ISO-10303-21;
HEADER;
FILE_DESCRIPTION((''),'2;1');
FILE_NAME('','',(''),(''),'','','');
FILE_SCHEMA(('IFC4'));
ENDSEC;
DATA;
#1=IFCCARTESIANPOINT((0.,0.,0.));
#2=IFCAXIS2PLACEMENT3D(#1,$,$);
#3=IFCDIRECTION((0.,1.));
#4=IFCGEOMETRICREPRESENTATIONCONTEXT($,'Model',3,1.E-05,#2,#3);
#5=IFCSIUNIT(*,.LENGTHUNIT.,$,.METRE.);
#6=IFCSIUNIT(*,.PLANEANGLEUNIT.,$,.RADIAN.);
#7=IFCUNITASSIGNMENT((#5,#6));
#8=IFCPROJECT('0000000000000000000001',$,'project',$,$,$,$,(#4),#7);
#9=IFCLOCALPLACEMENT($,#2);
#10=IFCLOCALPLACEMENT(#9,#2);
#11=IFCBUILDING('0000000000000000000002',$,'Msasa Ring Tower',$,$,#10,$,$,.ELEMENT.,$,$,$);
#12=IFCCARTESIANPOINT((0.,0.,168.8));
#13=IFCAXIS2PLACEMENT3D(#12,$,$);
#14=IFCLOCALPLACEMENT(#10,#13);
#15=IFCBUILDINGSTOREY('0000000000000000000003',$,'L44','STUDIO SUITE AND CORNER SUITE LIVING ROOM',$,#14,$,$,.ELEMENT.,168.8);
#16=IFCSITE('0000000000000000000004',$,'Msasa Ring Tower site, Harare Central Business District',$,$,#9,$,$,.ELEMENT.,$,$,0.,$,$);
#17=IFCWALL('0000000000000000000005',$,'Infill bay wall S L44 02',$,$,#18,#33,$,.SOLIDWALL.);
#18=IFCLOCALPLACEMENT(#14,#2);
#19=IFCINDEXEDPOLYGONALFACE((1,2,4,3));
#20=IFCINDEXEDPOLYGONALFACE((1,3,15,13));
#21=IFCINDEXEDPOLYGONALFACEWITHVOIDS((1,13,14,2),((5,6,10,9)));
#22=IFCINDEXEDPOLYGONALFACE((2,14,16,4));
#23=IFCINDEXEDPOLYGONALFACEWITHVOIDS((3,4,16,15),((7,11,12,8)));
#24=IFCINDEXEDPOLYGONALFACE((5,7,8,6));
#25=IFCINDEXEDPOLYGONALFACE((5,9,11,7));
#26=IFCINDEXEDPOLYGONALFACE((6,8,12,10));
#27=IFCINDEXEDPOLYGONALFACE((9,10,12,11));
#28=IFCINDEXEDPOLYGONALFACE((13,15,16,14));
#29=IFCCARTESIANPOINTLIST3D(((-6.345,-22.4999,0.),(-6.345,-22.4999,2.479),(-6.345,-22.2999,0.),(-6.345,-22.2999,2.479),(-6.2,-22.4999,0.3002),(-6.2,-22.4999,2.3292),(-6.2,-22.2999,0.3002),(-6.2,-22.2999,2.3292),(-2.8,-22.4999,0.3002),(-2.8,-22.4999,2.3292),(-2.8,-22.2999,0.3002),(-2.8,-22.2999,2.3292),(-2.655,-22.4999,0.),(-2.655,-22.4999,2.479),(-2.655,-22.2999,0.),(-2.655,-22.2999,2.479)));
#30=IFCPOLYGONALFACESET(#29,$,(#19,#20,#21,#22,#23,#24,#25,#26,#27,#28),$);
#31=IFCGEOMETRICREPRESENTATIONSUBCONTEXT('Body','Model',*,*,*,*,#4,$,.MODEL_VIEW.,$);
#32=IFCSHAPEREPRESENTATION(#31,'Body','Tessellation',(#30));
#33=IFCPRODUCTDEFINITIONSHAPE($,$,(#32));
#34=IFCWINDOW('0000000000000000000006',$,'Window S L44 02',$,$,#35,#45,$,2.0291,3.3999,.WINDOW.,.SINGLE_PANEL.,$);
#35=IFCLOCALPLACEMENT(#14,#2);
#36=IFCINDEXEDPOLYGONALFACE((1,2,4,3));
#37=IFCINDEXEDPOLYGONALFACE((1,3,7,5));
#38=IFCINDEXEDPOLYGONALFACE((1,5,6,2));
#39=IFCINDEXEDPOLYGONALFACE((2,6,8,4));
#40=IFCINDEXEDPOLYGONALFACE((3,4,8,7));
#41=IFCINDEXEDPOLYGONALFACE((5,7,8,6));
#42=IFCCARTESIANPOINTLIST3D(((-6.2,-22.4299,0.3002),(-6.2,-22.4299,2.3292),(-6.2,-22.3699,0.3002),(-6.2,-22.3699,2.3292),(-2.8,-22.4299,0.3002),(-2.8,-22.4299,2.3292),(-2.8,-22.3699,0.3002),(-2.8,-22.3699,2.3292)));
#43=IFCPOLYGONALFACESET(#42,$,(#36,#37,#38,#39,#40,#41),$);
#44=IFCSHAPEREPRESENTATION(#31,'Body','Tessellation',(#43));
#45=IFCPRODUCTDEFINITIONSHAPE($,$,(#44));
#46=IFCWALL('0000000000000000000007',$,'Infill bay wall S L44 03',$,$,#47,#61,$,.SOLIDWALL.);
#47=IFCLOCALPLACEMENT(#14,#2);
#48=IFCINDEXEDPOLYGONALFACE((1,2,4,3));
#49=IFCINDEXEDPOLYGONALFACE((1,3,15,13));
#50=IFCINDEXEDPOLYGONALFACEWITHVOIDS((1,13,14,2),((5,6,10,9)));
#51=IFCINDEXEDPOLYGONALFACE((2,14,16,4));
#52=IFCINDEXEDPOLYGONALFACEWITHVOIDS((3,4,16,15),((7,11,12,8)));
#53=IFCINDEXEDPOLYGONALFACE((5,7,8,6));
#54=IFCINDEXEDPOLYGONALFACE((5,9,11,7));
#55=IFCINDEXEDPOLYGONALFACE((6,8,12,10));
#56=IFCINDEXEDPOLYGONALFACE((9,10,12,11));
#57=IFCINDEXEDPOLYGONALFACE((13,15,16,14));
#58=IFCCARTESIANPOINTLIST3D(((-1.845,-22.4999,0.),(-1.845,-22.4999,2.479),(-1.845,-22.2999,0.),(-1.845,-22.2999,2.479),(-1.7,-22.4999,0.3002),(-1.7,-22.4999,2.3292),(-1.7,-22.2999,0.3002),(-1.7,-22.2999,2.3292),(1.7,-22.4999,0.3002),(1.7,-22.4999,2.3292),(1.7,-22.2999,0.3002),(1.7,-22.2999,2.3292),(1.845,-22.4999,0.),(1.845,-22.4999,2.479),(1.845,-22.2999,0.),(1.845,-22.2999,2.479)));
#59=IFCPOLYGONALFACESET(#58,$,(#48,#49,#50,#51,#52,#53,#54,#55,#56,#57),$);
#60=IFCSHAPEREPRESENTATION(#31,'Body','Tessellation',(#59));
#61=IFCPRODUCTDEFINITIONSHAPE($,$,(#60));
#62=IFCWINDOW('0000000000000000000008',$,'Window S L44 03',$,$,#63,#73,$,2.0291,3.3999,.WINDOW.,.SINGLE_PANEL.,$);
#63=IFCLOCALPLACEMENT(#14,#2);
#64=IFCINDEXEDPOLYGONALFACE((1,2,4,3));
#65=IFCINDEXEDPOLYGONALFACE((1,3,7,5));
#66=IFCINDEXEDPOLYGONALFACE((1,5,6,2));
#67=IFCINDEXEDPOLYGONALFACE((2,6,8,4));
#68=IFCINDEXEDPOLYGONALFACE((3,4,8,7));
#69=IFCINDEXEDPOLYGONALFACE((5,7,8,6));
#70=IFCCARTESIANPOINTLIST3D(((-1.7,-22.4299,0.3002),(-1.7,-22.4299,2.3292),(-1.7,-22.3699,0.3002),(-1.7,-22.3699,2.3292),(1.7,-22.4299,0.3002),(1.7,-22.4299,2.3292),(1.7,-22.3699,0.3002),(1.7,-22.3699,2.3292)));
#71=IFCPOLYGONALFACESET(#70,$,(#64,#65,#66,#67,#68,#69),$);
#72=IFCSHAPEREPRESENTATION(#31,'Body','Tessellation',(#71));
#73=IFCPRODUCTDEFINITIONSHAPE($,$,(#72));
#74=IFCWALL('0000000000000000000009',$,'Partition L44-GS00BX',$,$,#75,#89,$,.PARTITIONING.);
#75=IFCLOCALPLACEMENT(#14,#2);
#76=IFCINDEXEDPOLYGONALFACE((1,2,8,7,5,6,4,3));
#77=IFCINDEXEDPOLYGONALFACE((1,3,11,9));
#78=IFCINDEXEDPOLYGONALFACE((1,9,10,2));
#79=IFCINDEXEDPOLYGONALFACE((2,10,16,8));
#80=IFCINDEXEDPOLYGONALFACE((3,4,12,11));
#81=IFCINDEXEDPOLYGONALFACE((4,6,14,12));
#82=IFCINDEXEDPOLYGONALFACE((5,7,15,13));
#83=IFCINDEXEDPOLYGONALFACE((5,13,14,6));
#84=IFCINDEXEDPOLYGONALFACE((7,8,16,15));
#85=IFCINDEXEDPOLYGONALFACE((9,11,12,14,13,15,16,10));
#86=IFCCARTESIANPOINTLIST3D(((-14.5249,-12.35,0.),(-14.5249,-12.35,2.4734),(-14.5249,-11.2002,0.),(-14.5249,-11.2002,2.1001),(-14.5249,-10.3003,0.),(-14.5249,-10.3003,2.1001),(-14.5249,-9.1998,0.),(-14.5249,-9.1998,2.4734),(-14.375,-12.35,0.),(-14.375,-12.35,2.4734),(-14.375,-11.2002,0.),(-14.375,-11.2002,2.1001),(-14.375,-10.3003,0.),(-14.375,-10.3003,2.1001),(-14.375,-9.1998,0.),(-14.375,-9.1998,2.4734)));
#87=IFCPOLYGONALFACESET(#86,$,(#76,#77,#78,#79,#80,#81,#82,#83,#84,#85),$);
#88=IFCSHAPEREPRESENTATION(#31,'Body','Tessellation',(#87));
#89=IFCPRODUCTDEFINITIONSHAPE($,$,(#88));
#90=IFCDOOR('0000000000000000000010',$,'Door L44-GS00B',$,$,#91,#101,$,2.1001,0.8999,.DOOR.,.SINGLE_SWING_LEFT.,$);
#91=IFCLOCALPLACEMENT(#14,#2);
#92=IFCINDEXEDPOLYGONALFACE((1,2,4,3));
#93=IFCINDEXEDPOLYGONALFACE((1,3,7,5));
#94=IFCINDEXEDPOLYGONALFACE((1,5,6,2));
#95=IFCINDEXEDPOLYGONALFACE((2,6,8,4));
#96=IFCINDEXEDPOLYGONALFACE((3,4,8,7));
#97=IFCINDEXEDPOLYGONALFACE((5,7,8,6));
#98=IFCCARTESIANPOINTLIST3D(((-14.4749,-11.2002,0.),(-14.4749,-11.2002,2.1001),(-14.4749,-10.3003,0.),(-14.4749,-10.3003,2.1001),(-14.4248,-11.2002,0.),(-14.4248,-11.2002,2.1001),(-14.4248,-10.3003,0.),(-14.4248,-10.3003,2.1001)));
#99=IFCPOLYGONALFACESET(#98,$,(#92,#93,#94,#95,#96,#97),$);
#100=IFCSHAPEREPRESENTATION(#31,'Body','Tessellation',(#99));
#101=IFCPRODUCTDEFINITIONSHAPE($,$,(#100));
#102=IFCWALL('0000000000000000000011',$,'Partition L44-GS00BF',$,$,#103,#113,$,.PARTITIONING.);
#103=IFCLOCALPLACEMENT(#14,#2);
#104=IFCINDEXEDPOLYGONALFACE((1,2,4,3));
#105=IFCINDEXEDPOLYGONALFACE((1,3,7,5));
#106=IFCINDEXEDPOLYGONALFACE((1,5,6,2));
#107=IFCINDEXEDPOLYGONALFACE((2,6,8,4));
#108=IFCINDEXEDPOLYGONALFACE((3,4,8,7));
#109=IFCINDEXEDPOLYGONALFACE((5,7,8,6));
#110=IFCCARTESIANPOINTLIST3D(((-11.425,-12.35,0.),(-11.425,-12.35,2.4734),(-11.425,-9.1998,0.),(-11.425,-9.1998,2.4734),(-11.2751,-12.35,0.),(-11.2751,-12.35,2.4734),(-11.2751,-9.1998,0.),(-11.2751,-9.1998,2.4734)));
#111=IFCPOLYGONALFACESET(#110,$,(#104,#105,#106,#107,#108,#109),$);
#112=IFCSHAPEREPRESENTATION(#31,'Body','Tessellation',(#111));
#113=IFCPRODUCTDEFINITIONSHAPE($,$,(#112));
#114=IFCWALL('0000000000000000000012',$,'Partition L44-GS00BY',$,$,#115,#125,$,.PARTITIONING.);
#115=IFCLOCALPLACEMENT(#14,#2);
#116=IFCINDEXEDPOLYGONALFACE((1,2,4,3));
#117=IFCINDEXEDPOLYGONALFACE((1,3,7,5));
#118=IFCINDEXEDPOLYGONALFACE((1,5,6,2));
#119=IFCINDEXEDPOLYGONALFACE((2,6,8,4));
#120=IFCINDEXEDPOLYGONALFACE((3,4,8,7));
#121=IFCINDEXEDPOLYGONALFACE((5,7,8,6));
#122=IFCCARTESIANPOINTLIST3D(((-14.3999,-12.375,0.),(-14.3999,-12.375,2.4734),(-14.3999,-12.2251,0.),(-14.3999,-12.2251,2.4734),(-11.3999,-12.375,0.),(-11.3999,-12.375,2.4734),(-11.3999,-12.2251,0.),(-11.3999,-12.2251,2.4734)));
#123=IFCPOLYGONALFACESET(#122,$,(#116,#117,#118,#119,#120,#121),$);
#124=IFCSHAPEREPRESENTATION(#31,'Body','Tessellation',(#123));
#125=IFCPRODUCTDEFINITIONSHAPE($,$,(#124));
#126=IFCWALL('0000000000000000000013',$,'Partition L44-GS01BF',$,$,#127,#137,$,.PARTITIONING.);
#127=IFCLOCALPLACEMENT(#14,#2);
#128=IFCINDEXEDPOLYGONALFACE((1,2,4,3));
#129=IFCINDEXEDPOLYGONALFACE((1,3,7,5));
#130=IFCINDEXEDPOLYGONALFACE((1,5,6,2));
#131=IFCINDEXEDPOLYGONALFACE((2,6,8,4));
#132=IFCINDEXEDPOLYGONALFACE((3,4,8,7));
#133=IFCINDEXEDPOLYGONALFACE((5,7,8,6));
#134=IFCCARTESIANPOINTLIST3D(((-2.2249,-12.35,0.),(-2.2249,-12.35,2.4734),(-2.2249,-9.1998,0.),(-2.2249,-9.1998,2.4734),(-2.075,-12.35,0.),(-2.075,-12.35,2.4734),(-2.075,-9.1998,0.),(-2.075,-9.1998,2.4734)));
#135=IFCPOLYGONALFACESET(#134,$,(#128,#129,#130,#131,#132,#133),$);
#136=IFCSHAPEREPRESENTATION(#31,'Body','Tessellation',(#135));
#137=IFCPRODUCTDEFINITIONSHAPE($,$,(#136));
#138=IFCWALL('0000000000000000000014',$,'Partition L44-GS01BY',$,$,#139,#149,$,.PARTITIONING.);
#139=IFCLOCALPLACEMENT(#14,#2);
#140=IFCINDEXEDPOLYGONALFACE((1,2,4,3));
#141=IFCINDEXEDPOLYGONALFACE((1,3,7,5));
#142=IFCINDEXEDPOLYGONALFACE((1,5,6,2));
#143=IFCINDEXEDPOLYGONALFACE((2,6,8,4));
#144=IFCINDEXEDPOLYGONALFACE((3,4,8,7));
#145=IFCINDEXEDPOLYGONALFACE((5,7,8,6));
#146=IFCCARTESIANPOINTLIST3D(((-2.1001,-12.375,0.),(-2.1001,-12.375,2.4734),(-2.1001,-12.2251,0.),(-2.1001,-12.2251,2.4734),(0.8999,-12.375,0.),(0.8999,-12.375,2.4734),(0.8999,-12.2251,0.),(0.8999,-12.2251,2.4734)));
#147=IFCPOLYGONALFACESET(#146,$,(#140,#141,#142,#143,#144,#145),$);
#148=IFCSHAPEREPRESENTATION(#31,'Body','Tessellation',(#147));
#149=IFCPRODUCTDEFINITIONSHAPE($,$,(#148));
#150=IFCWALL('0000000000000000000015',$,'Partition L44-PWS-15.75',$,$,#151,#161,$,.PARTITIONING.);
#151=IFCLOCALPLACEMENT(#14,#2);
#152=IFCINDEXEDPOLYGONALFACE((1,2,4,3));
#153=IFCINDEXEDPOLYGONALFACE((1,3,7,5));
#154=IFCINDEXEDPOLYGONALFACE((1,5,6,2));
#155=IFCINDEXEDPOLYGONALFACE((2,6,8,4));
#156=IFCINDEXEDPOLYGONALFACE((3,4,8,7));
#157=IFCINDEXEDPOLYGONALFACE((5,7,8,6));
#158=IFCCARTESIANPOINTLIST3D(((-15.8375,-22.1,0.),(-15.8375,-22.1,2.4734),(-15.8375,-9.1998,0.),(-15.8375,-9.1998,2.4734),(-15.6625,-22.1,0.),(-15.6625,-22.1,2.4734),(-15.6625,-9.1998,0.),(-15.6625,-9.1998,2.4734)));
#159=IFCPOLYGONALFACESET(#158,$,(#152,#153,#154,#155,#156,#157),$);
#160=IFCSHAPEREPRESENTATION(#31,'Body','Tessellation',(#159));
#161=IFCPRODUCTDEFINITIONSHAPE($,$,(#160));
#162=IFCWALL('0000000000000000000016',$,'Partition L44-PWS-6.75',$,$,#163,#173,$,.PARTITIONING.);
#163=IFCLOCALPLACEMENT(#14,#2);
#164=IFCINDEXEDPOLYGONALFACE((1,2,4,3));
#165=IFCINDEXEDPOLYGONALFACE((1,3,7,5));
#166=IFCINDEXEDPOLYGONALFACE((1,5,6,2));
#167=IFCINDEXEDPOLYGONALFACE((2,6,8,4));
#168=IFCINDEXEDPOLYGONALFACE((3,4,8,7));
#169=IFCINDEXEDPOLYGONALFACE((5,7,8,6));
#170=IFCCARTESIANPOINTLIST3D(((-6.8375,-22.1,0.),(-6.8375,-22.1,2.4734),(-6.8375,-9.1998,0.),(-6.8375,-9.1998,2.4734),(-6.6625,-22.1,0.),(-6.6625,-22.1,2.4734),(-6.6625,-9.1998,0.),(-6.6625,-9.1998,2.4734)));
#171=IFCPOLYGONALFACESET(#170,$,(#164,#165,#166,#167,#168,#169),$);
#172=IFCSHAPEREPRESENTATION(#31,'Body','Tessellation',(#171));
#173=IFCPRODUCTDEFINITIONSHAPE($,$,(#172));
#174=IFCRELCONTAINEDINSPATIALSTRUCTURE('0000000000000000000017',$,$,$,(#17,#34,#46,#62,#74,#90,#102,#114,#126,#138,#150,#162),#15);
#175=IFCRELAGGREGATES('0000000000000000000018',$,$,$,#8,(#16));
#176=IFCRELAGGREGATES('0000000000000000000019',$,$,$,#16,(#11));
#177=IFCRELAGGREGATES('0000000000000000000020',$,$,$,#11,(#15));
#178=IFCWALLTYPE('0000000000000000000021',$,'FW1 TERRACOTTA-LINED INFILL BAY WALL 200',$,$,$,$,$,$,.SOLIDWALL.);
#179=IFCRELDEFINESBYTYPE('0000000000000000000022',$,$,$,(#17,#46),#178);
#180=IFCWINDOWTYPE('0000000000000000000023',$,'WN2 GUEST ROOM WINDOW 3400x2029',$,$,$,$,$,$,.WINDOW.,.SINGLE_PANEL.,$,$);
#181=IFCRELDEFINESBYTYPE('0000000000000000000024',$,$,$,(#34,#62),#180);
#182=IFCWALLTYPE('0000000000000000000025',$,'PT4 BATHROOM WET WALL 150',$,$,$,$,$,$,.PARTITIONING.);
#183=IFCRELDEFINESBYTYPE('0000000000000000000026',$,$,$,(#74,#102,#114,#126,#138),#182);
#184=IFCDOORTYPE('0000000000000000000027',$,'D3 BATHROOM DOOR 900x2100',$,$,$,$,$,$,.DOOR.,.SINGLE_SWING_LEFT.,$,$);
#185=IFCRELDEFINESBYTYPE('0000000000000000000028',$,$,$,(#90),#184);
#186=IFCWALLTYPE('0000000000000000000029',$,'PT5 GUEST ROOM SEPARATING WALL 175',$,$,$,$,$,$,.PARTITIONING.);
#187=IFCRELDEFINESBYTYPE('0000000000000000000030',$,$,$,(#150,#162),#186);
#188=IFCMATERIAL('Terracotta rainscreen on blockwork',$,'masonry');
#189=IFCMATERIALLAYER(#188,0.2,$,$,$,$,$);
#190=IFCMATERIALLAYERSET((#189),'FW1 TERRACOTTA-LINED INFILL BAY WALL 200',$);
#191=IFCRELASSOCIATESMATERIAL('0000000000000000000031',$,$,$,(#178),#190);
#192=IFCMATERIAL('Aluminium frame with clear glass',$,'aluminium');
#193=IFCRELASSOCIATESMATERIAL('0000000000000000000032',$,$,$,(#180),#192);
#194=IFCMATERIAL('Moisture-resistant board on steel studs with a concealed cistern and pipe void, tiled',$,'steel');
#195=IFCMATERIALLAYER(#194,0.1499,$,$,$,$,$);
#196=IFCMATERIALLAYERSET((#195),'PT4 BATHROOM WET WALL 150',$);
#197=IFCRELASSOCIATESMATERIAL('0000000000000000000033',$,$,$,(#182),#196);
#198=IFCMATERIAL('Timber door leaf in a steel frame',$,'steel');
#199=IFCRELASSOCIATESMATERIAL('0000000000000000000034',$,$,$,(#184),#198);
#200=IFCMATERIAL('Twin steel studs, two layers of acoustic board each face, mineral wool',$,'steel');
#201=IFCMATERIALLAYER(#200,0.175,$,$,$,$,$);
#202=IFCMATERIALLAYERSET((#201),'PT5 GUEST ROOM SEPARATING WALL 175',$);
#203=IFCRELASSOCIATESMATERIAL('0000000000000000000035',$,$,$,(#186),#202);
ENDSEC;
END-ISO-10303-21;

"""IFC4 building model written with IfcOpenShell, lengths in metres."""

from ifc_helpers import new_model, si_unit, direction, frame, frame_2d, origin, place, context, subcontext, project, spatial, rectangle, extrude, material, layer, layer_set, type_object, element, fill, save


model = new_model("IFC4")

# Units and contexts
model_context = context("Model", 3, precision=1e-05, world=origin(), true_north=direction((0.0, 1.0)))
body_context = subcontext(model_context, "Body", "Model", "MODEL_VIEW")
ifc_project = project(units=[si_unit("LENGTHUNIT", "METRE"), si_unit("PLANEANGLEUNIT", "RADIAN")], contexts=[model_context])

# Site, building, storey
site_placement = place(None, origin())
site = spatial("IfcSite", under=ifc_project, at=site_placement, Name="Msasa Ring Tower site, Harare Central Business District", CompositionType="ELEMENT", RefElevation=0.0)
building_placement = place(site_placement, origin())
building = spatial("IfcBuilding", under=site, at=building_placement, Name="Msasa Ring Tower", CompositionType="ELEMENT")
storey_placement = place(building_placement, frame((0.0, 0.0, 168.8)))
storey = spatial("IfcBuildingStorey", under=building, at=storey_placement, Name="L44", Description="STUDIO SUITE AND CORNER SUITE LIVING ROOM", CompositionType="ELEMENT", Elevation=168.8)

# Walls, openings, windows
ifc_material_1 = material(Name="Terracotta rainscreen on blockwork", Category="masonry")
ifc_layer_1 = layer(ifc_material_1, 0.2)
ifc_layer_set_1 = layer_set([ifc_layer_1], Name="FW1 TERRACOTTA-LINED INFILL BAY WALL 200")
wall_type_1 = type_object("IfcWallType", Name="FW1 TERRACOTTA-LINED INFILL BAY WALL 200", PredefinedType="SOLIDWALL", material=ifc_layer_set_1)
ifc_material_2 = material(Name="Aluminium frame with clear glass", Category="aluminium")
window_type = type_object("IfcWindowType", Name="WN2 GUEST ROOM WINDOW 3400x2029", PartitioningType="SINGLE_PANEL", PredefinedType="WINDOW", material=ifc_material_2)
wall_1_placement = place(storey_placement, frame((-6.345, -22.3999, 0.0), z_axis=(0.0, 0.0, 1.0), x_axis=(1.0, 0.0, 0.0)))
wall_1 = element("IfcWall", 1, at=wall_1_placement, inside=storey, type_object=wall_type_1, Name="Infill bay wall S L44 02", PredefinedType="SOLIDWALL", context=body_context, shape_type="SweptSolid", body=[
    extrude(rectangle(XDim=3.6899, YDim=0.2, at=frame_2d((1.845, 0.0))), origin(), (0.0, 0.0, 1.0), 2.479),
])
opening_1_placement = place(wall_1_placement, frame((0.145, 0.0, 0.3)))
opening_1 = element("IfcOpeningElement", 2, at=opening_1_placement, cuts=wall_1, PredefinedType="OPENING", context=body_context, shape_type="SweptSolid", body=[
    extrude(rectangle(XDim=3.3999, YDim=2.0291, at=frame_2d((1.7, 1.0146))), frame((0.0, 0.1099, 0.0), z_axis=(0.0, -1.0, 0.0), x_axis=(1.0, 0.0, 0.0)), (0.0, 0.0, 1.0), 0.22),
])
window_1_placement = place(opening_1_placement, origin())
window_1 = element("IfcWindow", 3, at=window_1_placement, inside=storey, type_object=window_type, Name="Window S L44 02", OverallHeight=2.0291, OverallWidth=3.3999, PartitioningType="SINGLE_PANEL", PredefinedType="WINDOW", context=body_context, shape_type="SweptSolid", body=[
    extrude(rectangle(XDim=3.3999, YDim=2.0291, at=frame_2d((1.7, 1.0146))), frame((0.0, 0.03, 0.0), z_axis=(0.0, -1.0, 0.0), x_axis=(1.0, 0.0, 0.0)), (0.0, 0.0, 1.0), 0.0601),
])
fill(opening_1, window_1)
wall_2_placement = place(storey_placement, frame((-1.845, -22.3999, 0.0), z_axis=(0.0, 0.0, 1.0), x_axis=(1.0, 0.0, 0.0)))
wall_2 = element("IfcWall", 4, at=wall_2_placement, inside=storey, type_object=wall_type_1, Name="Infill bay wall S L44 03", PredefinedType="SOLIDWALL", context=body_context, shape_type="SweptSolid", body=[
    extrude(rectangle(XDim=3.6899, YDim=0.2, at=frame_2d((1.845, 0.0))), origin(), (0.0, 0.0, 1.0), 2.479),
])
opening_2_placement = place(wall_2_placement, frame((0.145, 0.0, 0.3)))
opening_2 = element("IfcOpeningElement", 5, at=opening_2_placement, cuts=wall_2, PredefinedType="OPENING", context=body_context, shape_type="SweptSolid", body=[
    extrude(rectangle(XDim=3.3999, YDim=2.0291, at=frame_2d((1.7, 1.0146))), frame((0.0, 0.1099, 0.0), z_axis=(0.0, -1.0, 0.0), x_axis=(1.0, 0.0, 0.0)), (0.0, 0.0, 1.0), 0.22),
])
window_2_placement = place(opening_2_placement, origin())
window_2 = element("IfcWindow", 6, at=window_2_placement, inside=storey, type_object=window_type, Name="Window S L44 03", OverallHeight=2.0291, OverallWidth=3.3999, PartitioningType="SINGLE_PANEL", PredefinedType="WINDOW", context=body_context, shape_type="SweptSolid", body=[
    extrude(rectangle(XDim=3.3999, YDim=2.0291, at=frame_2d((1.7, 1.0146))), frame((0.0, 0.03, 0.0), z_axis=(0.0, -1.0, 0.0), x_axis=(1.0, 0.0, 0.0)), (0.0, 0.0, 1.0), 0.0601),
])
fill(opening_2, window_2)

# Wall, opening, door
ifc_material_3 = material(Name="Moisture-resistant board on steel studs with a concealed cistern and pipe void, tiled", Category="steel")
ifc_layer_2 = layer(ifc_material_3, 0.1499)
ifc_layer_set_2 = layer_set([ifc_layer_2], Name="PT4 BATHROOM WET WALL 150")
wall_type_2 = type_object("IfcWallType", Name="PT4 BATHROOM WET WALL 150", PredefinedType="PARTITIONING", material=ifc_layer_set_2)
wall_3_placement = place(storey_placement, frame((-14.45, -12.3501, 0.0), z_axis=(0.0, 0.0, 1.0), x_axis=(0.0, 1.0, 0.0)))
wall_3 = element("IfcWall", 7, at=wall_3_placement, inside=storey, type_object=wall_type_2, Name="Partition L44-GS00BX", PredefinedType="PARTITIONING", context=body_context, shape_type="SweptSolid", body=[
    extrude(rectangle(XDim=3.1501, YDim=0.1499, at=frame_2d((1.5752, 0.0))), origin(), (0.0, 0.0, 1.0), 2.4734),
])
opening_3_placement = place(wall_3_placement, frame((1.1499, 0.0, 0.0)))
opening_3 = element("IfcOpeningElement", 8, at=opening_3_placement, cuts=wall_3, PredefinedType="OPENING", context=body_context, shape_type="SweptSolid", body=[
    extrude(rectangle(XDim=0.8999, YDim=2.1001, at=frame_2d((0.45, 1.05))), frame((0.0, 0.085, 0.0), z_axis=(0.0, -1.0, 0.0), x_axis=(1.0, 0.0, 0.0)), (0.0, 0.0, 1.0), 0.1699),
])
ifc_material_4 = material(Name="Timber door leaf in a steel frame", Category="steel")
door_type = type_object("IfcDoorType", Name="D3 BATHROOM DOOR 900x2100", OperationType="SINGLE_SWING_LEFT", PredefinedType="DOOR", material=ifc_material_4)
door_placement = place(opening_3_placement, origin())
door = element("IfcDoor", 9, at=door_placement, inside=storey, type_object=door_type, Name="Door L44-GS00B", OperationType="SINGLE_SWING_LEFT", OverallHeight=2.1001, OverallWidth=0.8999, PredefinedType="DOOR", context=body_context, shape_type="SweptSolid", body=[
    extrude(rectangle(XDim=0.8999, YDim=2.1001, at=frame_2d((0.45, 1.05))), frame((0.0, 0.0249, 0.0), z_axis=(0.0, -1.0, 0.0), x_axis=(1.0, 0.0, 0.0)), (0.0, 0.0, 1.0), 0.05),
])
fill(opening_3, door)

# Walls
wall_4_placement = place(storey_placement, frame((-11.3501, -12.3501, 0.0), z_axis=(0.0, 0.0, 1.0), x_axis=(0.0, 1.0, 0.0)))
element("IfcWall", 10, at=wall_4_placement, inside=storey, type_object=wall_type_2, Name="Partition L44-GS00BF", PredefinedType="PARTITIONING", context=body_context, shape_type="SweptSolid", body=[
    extrude(rectangle(XDim=3.1501, YDim=0.1499, at=frame_2d((1.5752, 0.0))), origin(), (0.0, 0.0, 1.0), 2.4734),
])
wall_5_placement = place(storey_placement, frame((-14.3999, -12.3, 0.0), z_axis=(0.0, 0.0, 1.0), x_axis=(1.0, 0.0, 0.0)))
element("IfcWall", 11, at=wall_5_placement, inside=storey, type_object=wall_type_2, Name="Partition L44-GS00BY", PredefinedType="PARTITIONING", context=body_context, shape_type="SweptSolid", body=[
    extrude(rectangle(XDim=3.0, YDim=0.1499, at=frame_2d((1.5, 0.0))), origin(), (0.0, 0.0, 1.0), 2.4734),
])
wall_6_placement = place(storey_placement, frame((-2.1499, -12.3501, 0.0), z_axis=(0.0, 0.0, 1.0), x_axis=(0.0, 1.0, 0.0)))
element("IfcWall", 12, at=wall_6_placement, inside=storey, type_object=wall_type_2, Name="Partition L44-GS01BF", PredefinedType="PARTITIONING", context=body_context, shape_type="SweptSolid", body=[
    extrude(rectangle(XDim=3.1501, YDim=0.1499, at=frame_2d((1.5752, 0.0))), origin(), (0.0, 0.0, 1.0), 2.4734),
])
wall_7_placement = place(storey_placement, frame((-2.1001, -12.3, 0.0), z_axis=(0.0, 0.0, 1.0), x_axis=(1.0, 0.0, 0.0)))
element("IfcWall", 13, at=wall_7_placement, inside=storey, type_object=wall_type_2, Name="Partition L44-GS01BY", PredefinedType="PARTITIONING", context=body_context, shape_type="SweptSolid", body=[
    extrude(rectangle(XDim=3.0, YDim=0.1499, at=frame_2d((1.5, 0.0))), origin(), (0.0, 0.0, 1.0), 2.4734),
])
ifc_material_5 = material(Name="Twin steel studs, two layers of acoustic board each face, mineral wool", Category="steel")
ifc_layer_3 = layer(ifc_material_5, 0.175)
ifc_layer_set_3 = layer_set([ifc_layer_3], Name="PT5 GUEST ROOM SEPARATING WALL 175")
wall_type_3 = type_object("IfcWallType", Name="PT5 GUEST ROOM SEPARATING WALL 175", PredefinedType="PARTITIONING", material=ifc_layer_set_3)
for number, where, z_axis, x_axis, name in (
    (14, (-15.75, -22.1001, 0.0), (0.0, 0.0, 1.0), (0.0, 1.0, 0.0), "Partition L44-PWS-15.75"),
    (15, (-6.75, -22.1001, 0.0), (0.0, 0.0, 1.0), (0.0, 1.0, 0.0), "Partition L44-PWS-6.75"),
):
    element("IfcWall", number, at=place(storey_placement, frame(where, z_axis=z_axis, x_axis=x_axis)), inside=storey, type_object=wall_type_3, Name=name, PredefinedType="PARTITIONING", context=body_context, shape_type="SweptSolid", body=[
        extrude(rectangle(XDim=12.9001, YDim=0.175, at=frame_2d((6.4502, 0.0))), origin(), (0.0, 0.0, 1.0), 2.4734),
    ])

save(model, "model.ifc")
